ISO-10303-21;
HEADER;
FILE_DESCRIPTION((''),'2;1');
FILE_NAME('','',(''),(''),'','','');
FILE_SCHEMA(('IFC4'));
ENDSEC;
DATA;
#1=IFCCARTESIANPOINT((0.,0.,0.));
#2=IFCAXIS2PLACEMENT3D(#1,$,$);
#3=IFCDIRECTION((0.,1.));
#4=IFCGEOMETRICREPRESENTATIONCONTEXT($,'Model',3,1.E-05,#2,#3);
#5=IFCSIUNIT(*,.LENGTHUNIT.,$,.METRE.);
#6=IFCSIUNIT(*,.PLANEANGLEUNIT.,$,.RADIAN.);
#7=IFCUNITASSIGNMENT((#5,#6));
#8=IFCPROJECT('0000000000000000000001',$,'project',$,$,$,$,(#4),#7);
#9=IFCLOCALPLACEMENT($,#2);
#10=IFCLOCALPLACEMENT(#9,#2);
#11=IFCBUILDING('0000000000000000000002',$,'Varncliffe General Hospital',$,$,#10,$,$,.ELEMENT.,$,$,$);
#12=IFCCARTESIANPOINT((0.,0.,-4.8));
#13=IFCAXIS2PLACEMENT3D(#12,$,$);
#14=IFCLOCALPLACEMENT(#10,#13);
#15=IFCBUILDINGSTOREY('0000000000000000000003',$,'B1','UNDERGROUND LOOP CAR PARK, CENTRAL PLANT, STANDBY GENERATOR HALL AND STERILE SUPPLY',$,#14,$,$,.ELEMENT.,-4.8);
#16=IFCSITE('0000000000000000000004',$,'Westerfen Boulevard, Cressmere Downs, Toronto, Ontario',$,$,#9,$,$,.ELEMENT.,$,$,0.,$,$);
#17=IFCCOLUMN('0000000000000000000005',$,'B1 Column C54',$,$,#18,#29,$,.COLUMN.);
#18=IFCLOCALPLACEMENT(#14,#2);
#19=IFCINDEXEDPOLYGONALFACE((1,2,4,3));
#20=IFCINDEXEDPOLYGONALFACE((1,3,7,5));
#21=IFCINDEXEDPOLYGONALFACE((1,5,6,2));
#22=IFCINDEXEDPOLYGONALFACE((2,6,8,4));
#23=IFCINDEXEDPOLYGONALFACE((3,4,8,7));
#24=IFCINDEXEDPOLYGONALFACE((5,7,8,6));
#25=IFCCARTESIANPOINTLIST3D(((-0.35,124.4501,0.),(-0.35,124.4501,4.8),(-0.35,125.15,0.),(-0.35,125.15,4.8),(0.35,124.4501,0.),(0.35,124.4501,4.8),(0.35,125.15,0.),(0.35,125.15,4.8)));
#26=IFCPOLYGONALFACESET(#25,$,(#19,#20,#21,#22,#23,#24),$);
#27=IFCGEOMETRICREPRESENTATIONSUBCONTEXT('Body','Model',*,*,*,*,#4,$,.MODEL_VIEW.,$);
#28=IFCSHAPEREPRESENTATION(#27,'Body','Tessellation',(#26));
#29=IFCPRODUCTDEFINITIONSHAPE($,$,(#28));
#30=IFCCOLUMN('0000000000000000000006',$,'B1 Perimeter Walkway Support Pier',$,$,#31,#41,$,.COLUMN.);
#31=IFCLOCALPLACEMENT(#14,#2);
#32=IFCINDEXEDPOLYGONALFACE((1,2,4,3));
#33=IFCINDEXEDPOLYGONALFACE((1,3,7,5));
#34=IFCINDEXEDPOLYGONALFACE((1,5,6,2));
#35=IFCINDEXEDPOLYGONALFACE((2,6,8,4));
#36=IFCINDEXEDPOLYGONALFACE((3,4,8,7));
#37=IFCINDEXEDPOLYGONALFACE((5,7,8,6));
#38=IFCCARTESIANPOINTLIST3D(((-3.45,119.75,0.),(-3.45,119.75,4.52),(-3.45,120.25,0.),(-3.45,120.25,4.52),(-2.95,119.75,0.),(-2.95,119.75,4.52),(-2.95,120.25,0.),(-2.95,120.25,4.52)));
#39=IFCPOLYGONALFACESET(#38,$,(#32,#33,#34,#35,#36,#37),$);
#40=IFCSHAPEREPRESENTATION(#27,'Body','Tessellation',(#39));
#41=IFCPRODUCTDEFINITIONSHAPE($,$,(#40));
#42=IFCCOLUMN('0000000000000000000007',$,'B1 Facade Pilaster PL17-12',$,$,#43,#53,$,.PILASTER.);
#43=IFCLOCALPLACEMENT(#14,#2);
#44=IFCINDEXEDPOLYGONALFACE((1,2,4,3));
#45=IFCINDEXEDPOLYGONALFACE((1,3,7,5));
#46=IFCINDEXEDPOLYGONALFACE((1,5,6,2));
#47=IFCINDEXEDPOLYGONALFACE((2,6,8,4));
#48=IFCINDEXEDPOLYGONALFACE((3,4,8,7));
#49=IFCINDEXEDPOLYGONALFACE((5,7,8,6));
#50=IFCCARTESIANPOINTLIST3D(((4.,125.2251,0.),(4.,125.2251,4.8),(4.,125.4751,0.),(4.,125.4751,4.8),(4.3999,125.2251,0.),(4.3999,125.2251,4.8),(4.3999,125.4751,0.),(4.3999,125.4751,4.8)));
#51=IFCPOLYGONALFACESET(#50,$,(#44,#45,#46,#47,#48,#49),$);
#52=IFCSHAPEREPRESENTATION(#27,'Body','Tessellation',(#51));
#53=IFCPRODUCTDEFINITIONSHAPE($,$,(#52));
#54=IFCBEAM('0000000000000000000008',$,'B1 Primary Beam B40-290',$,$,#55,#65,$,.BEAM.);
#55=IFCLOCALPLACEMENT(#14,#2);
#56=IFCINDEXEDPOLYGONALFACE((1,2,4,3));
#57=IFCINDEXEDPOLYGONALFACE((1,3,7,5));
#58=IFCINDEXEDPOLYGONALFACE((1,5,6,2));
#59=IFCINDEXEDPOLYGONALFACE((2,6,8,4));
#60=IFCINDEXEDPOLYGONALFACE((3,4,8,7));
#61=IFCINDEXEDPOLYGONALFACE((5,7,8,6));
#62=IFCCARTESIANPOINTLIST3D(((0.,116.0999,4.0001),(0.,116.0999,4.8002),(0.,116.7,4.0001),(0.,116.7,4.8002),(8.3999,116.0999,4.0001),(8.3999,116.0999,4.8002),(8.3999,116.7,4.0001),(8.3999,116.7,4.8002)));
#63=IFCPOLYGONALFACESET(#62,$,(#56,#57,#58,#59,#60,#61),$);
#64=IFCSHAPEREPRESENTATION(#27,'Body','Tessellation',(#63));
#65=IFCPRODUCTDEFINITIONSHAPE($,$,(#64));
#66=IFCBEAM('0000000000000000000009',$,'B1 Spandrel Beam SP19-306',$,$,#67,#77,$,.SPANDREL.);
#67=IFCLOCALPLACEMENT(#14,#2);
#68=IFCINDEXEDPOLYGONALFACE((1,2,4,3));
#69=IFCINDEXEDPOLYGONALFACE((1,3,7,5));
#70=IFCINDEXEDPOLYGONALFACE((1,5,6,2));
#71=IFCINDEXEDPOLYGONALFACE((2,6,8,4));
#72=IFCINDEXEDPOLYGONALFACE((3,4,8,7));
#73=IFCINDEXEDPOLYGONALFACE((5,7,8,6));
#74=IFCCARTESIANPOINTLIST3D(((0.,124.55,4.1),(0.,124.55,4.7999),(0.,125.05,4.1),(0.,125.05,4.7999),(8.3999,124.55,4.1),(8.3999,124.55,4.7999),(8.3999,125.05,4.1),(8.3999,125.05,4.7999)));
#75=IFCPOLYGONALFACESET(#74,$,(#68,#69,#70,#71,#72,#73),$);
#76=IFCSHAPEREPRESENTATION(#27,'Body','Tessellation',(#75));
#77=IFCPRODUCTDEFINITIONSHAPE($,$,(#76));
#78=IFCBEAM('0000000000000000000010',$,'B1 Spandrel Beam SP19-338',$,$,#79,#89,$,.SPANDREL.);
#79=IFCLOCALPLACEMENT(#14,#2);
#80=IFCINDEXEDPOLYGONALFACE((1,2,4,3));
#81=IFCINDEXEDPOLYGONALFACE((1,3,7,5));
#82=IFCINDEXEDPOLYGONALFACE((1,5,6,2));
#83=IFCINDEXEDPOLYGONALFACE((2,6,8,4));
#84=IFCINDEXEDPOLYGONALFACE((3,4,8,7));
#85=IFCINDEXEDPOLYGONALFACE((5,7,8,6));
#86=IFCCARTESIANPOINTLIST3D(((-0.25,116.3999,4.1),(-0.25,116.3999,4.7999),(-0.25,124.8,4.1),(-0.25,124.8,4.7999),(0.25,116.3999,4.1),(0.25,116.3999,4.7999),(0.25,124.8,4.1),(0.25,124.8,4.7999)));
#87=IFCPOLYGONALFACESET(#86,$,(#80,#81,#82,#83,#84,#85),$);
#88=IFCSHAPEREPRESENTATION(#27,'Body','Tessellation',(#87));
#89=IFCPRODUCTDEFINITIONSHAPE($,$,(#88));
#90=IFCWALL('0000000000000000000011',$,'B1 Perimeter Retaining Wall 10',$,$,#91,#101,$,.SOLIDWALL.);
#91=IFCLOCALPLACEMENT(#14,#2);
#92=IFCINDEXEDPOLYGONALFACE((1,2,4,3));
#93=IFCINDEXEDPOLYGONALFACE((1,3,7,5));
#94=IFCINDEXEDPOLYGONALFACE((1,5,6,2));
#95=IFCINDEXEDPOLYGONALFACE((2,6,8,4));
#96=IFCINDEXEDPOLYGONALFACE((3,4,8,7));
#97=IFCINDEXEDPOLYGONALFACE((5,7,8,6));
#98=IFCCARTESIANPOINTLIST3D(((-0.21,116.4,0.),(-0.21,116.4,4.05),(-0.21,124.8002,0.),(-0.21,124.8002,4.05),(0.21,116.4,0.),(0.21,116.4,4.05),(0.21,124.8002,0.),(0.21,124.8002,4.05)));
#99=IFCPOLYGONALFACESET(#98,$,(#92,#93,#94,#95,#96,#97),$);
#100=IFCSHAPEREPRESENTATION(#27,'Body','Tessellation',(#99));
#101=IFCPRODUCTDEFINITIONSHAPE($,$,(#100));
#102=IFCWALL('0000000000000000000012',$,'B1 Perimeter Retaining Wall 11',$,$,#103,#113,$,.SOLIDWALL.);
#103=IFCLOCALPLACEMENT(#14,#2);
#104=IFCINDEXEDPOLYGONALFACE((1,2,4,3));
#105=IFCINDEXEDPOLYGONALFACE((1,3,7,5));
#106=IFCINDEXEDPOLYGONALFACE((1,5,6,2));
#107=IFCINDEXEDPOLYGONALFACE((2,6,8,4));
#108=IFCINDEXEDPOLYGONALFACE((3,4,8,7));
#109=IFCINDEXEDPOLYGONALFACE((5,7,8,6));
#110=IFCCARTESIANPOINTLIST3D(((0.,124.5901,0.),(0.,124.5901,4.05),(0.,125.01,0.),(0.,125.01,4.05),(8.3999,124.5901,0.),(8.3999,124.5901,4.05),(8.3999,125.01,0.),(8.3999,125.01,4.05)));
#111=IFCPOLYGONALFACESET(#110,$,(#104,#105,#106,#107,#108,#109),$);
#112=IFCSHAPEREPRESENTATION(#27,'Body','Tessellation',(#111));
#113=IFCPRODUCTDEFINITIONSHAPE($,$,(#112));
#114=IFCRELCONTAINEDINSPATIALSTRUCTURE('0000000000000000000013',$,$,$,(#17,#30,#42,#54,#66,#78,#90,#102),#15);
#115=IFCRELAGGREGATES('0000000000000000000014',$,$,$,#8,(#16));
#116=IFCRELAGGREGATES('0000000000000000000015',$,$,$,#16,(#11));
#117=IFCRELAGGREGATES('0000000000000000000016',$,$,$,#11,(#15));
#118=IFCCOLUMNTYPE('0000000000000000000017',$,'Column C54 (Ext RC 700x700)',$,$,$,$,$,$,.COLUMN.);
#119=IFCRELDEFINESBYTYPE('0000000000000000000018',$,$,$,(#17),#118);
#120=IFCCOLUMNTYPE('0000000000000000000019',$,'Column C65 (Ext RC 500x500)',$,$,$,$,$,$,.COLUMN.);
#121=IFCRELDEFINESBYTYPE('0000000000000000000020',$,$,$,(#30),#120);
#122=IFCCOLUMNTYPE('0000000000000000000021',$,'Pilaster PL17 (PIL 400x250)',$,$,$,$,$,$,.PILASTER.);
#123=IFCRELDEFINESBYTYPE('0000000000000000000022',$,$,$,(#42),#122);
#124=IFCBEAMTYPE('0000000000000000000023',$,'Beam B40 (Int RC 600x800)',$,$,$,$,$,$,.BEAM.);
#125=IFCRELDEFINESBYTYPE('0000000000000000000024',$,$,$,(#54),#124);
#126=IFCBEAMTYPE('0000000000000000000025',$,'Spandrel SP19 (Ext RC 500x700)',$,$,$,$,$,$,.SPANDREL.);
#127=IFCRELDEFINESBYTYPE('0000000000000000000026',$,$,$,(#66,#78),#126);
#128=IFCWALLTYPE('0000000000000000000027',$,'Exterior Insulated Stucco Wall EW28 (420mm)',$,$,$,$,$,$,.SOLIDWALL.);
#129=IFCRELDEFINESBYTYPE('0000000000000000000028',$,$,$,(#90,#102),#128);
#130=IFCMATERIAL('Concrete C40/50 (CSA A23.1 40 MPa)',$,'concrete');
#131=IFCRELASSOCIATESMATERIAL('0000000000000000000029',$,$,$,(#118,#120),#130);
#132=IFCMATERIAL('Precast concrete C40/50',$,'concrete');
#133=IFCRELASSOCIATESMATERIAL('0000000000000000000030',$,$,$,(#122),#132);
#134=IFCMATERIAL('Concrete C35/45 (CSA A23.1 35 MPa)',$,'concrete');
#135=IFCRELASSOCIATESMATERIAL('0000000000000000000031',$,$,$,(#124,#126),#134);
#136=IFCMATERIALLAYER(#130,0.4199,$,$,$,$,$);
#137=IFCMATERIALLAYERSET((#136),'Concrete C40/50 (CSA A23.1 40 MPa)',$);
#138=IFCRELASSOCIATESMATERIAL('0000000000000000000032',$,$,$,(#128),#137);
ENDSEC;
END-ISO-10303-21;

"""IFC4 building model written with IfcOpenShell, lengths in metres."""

from ifc_helpers import new_model, si_unit, direction, frame, frame_2d, origin, origin_2d, place, context, subcontext, project, spatial, rectangle, extrude, material, layer, layer_set, material_profile, profile_set, type_object, element, save


model = new_model("IFC4")

# Units and contexts
model_context = context("Model", 3, precision=1e-05, world=origin(), true_north=direction((0.0, 1.0)))
body_context = subcontext(model_context, "Body", "Model", "MODEL_VIEW")
ifc_project = project(units=[si_unit("LENGTHUNIT", "METRE"), si_unit("PLANEANGLEUNIT", "RADIAN")], contexts=[model_context])

# Site, building, storey
site_placement = place(None, origin())
site = spatial("IfcSite", under=ifc_project, at=site_placement, Name="Westerfen Boulevard, Cressmere Downs, Toronto, Ontario", CompositionType="ELEMENT", RefElevation=0.0)
building_placement = place(site_placement, origin())
building = spatial("IfcBuilding", under=site, at=building_placement, Name="Varncliffe General Hospital", CompositionType="ELEMENT")
storey_placement = place(building_placement, frame((0.0, 0.0, -4.8)))
storey = spatial("IfcBuildingStorey", under=building, at=storey_placement, Name="B1", Description="UNDERGROUND LOOP CAR PARK, CENTRAL PLANT, STANDBY GENERATOR HALL AND STERILE SUPPLY", CompositionType="ELEMENT", Elevation=-4.8)

# Shared definitions
ifc_material_1 = material(Name="Concrete C40/50 (CSA A23.1 40 MPa)", Category="concrete")

# Columns
ifc_material_profile_1 = material_profile(ifc_material_1, rectangle(XDim=0.7, YDim=0.7, at=origin_2d()), Name="RC 700x700")
ifc_profile_set_1 = profile_set([ifc_material_profile_1], Name="Concrete C40/50 (CSA A23.1 40 MPa)")
column_type_1 = type_object("IfcColumnType", Name="Column C54 (Ext RC 700x700)", PredefinedType="COLUMN", material=ifc_profile_set_1)
for number, where, z_axis, x_axis, name in (
    (1, (0.0, 124.8, 0.0), (0.0, 0.0, 1.0), (1.0, 0.0, 0.0), "B1 Column C54"),
):
    element("IfcColumn", number, at=place(storey_placement, frame(where, z_axis=z_axis, x_axis=x_axis)), inside=storey, type_object=column_type_1, Name=name, PredefinedType="COLUMN", context=body_context, shape_type="SweptSolid", body=[
        extrude(rectangle(XDim=0.7, YDim=0.7, at=origin_2d()), origin(), (0.0, 0.0, 1.0), 4.8),
    ])
ifc_material_profile_2 = material_profile(ifc_material_1, rectangle(XDim=0.5, YDim=0.5, at=origin_2d()), Name="RC 500x500")
ifc_profile_set_2 = profile_set([ifc_material_profile_2], Name="Concrete C40/50 (CSA A23.1 40 MPa)")
column_type_2 = type_object("IfcColumnType", Name="Column C65 (Ext RC 500x500)", PredefinedType="COLUMN", material=ifc_profile_set_2)
column_1_placement = place(storey_placement, frame((-3.2, 120.0, 0.0), z_axis=(0.0, 0.0, 1.0), x_axis=(1.0, 0.0, 0.0)))
element("IfcColumn", 2, at=column_1_placement, inside=storey, type_object=column_type_2, Name="B1 Perimeter Walkway Support Pier", PredefinedType="COLUMN", context=body_context, shape_type="SweptSolid", body=[
    extrude(rectangle(XDim=0.5, YDim=0.5, at=origin_2d()), origin(), (0.0, 0.0, 1.0), 4.52),
])
ifc_material_2 = material(Name="Precast concrete C40/50", Category="concrete")
ifc_material_profile_3 = material_profile(ifc_material_2, rectangle(XDim=0.3999, YDim=0.25, at=origin_2d()), Name="PIL 400x250")
ifc_profile_set_3 = profile_set([ifc_material_profile_3], Name="Precast concrete C40/50")
column_type_3 = type_object("IfcColumnType", Name="Pilaster PL17 (PIL 400x250)", PredefinedType="PILASTER", material=ifc_profile_set_3)
column_2_placement = place(storey_placement, frame((4.2, 125.3501, 0.0), z_axis=(0.0, 0.0, 1.0), x_axis=(1.0, 0.0, 0.0)))
element("IfcColumn", 3, at=column_2_placement, inside=storey, type_object=column_type_3, Name="B1 Facade Pilaster PL17-12", PredefinedType="PILASTER", context=body_context, shape_type="SweptSolid", body=[
    extrude(rectangle(XDim=0.3999, YDim=0.25, at=origin_2d()), origin(), (0.0, 0.0, 1.0), 4.8),
])

# Beams
ifc_material_3 = material(Name="Concrete C35/45 (CSA A23.1 35 MPa)", Category="concrete")
ifc_material_profile_4 = material_profile(ifc_material_3, rectangle(XDim=0.6001, YDim=0.8, at=origin_2d()), Name="RC 600x800")
ifc_profile_set_4 = profile_set([ifc_material_profile_4], Name="Concrete C35/45 (CSA A23.1 35 MPa)")
beam_type_1 = type_object("IfcBeamType", Name="Beam B40 (Int RC 600x800)", PredefinedType="BEAM", material=ifc_profile_set_4)
beam_1_placement = place(storey_placement, frame((0.0, 116.3999, 4.4001), z_axis=(1.0, 0.0, 0.0), x_axis=(0.0, 1.0, 0.0)))
element("IfcBeam", 4, at=beam_1_placement, inside=storey, type_object=beam_type_1, Name="B1 Primary Beam B40-290", PredefinedType="BEAM", context=body_context, shape_type="SweptSolid", body=[
    extrude(rectangle(XDim=0.6001, YDim=0.8, at=origin_2d()), origin(), (0.0, 0.0, 1.0), 8.3999),
])
ifc_material_profile_5 = material_profile(ifc_material_3, rectangle(XDim=0.5, YDim=0.7, at=origin_2d()), Name="RC 500x700")
ifc_profile_set_5 = profile_set([ifc_material_profile_5], Name="Concrete C35/45 (CSA A23.1 35 MPa)")
beam_type_2 = type_object("IfcBeamType", Name="Spandrel SP19 (Ext RC 500x700)", PredefinedType="SPANDREL", material=ifc_profile_set_5)
beam_2_placement = place(storey_placement, frame((0.0, 124.8, 4.45), z_axis=(1.0, 0.0, 0.0), x_axis=(0.0, 1.0, 0.0)))
element("IfcBeam", 5, at=beam_2_placement, inside=storey, type_object=beam_type_2, Name="B1 Spandrel Beam SP19-306", PredefinedType="SPANDREL", context=body_context, shape_type="SweptSolid", body=[
    extrude(rectangle(XDim=0.5, YDim=0.7, at=origin_2d()), origin(), (0.0, 0.0, 1.0), 8.3999),
])
beam_3_placement = place(storey_placement, frame((0.0, 116.3999, 4.45), z_axis=(0.0, 1.0, 0.0), x_axis=(-1.0, 0.0, 0.0)))
element("IfcBeam", 6, at=beam_3_placement, inside=storey, type_object=beam_type_2, Name="B1 Spandrel Beam SP19-338", PredefinedType="SPANDREL", context=body_context, shape_type="SweptSolid", body=[
    extrude(rectangle(XDim=0.5, YDim=0.7, at=origin_2d()), origin(), (0.0, 0.0, 1.0), 8.4001),
])

# Walls
ifc_layer = layer(ifc_material_1, 0.4199)
ifc_layer_set = layer_set([ifc_layer], Name="Concrete C40/50 (CSA A23.1 40 MPa)")
wall_type = type_object("IfcWallType", Name="Exterior Insulated Stucco Wall EW28 (420mm)", PredefinedType="SOLIDWALL", material=ifc_layer_set)
wall_1_placement = place(storey_placement, frame((0.0, 116.3999, 0.0), z_axis=(0.0, 0.0, 1.0), x_axis=(0.0, 1.0, 0.0)))
element("IfcWall", 7, at=wall_1_placement, inside=storey, type_object=wall_type, Name="B1 Perimeter Retaining Wall 10", PredefinedType="SOLIDWALL", context=body_context, shape_type="SweptSolid", body=[
    extrude(rectangle(XDim=8.4001, YDim=0.4199, at=frame_2d((4.2002, 0.0))), origin(), (0.0, 0.0, 1.0), 4.05),
])
wall_2_placement = place(storey_placement, frame((0.0, 124.8, 0.0), z_axis=(0.0, 0.0, 1.0), x_axis=(1.0, 0.0, 0.0)))
element("IfcWall", 8, at=wall_2_placement, inside=storey, type_object=wall_type, Name="B1 Perimeter Retaining Wall 11", PredefinedType="SOLIDWALL", context=body_context, shape_type="SweptSolid", body=[
    extrude(rectangle(XDim=8.3999, YDim=0.4199, at=frame_2d((4.2, 0.0))), origin(), (0.0, 0.0, 1.0), 4.05),
])

save(model, "model.ifc")
